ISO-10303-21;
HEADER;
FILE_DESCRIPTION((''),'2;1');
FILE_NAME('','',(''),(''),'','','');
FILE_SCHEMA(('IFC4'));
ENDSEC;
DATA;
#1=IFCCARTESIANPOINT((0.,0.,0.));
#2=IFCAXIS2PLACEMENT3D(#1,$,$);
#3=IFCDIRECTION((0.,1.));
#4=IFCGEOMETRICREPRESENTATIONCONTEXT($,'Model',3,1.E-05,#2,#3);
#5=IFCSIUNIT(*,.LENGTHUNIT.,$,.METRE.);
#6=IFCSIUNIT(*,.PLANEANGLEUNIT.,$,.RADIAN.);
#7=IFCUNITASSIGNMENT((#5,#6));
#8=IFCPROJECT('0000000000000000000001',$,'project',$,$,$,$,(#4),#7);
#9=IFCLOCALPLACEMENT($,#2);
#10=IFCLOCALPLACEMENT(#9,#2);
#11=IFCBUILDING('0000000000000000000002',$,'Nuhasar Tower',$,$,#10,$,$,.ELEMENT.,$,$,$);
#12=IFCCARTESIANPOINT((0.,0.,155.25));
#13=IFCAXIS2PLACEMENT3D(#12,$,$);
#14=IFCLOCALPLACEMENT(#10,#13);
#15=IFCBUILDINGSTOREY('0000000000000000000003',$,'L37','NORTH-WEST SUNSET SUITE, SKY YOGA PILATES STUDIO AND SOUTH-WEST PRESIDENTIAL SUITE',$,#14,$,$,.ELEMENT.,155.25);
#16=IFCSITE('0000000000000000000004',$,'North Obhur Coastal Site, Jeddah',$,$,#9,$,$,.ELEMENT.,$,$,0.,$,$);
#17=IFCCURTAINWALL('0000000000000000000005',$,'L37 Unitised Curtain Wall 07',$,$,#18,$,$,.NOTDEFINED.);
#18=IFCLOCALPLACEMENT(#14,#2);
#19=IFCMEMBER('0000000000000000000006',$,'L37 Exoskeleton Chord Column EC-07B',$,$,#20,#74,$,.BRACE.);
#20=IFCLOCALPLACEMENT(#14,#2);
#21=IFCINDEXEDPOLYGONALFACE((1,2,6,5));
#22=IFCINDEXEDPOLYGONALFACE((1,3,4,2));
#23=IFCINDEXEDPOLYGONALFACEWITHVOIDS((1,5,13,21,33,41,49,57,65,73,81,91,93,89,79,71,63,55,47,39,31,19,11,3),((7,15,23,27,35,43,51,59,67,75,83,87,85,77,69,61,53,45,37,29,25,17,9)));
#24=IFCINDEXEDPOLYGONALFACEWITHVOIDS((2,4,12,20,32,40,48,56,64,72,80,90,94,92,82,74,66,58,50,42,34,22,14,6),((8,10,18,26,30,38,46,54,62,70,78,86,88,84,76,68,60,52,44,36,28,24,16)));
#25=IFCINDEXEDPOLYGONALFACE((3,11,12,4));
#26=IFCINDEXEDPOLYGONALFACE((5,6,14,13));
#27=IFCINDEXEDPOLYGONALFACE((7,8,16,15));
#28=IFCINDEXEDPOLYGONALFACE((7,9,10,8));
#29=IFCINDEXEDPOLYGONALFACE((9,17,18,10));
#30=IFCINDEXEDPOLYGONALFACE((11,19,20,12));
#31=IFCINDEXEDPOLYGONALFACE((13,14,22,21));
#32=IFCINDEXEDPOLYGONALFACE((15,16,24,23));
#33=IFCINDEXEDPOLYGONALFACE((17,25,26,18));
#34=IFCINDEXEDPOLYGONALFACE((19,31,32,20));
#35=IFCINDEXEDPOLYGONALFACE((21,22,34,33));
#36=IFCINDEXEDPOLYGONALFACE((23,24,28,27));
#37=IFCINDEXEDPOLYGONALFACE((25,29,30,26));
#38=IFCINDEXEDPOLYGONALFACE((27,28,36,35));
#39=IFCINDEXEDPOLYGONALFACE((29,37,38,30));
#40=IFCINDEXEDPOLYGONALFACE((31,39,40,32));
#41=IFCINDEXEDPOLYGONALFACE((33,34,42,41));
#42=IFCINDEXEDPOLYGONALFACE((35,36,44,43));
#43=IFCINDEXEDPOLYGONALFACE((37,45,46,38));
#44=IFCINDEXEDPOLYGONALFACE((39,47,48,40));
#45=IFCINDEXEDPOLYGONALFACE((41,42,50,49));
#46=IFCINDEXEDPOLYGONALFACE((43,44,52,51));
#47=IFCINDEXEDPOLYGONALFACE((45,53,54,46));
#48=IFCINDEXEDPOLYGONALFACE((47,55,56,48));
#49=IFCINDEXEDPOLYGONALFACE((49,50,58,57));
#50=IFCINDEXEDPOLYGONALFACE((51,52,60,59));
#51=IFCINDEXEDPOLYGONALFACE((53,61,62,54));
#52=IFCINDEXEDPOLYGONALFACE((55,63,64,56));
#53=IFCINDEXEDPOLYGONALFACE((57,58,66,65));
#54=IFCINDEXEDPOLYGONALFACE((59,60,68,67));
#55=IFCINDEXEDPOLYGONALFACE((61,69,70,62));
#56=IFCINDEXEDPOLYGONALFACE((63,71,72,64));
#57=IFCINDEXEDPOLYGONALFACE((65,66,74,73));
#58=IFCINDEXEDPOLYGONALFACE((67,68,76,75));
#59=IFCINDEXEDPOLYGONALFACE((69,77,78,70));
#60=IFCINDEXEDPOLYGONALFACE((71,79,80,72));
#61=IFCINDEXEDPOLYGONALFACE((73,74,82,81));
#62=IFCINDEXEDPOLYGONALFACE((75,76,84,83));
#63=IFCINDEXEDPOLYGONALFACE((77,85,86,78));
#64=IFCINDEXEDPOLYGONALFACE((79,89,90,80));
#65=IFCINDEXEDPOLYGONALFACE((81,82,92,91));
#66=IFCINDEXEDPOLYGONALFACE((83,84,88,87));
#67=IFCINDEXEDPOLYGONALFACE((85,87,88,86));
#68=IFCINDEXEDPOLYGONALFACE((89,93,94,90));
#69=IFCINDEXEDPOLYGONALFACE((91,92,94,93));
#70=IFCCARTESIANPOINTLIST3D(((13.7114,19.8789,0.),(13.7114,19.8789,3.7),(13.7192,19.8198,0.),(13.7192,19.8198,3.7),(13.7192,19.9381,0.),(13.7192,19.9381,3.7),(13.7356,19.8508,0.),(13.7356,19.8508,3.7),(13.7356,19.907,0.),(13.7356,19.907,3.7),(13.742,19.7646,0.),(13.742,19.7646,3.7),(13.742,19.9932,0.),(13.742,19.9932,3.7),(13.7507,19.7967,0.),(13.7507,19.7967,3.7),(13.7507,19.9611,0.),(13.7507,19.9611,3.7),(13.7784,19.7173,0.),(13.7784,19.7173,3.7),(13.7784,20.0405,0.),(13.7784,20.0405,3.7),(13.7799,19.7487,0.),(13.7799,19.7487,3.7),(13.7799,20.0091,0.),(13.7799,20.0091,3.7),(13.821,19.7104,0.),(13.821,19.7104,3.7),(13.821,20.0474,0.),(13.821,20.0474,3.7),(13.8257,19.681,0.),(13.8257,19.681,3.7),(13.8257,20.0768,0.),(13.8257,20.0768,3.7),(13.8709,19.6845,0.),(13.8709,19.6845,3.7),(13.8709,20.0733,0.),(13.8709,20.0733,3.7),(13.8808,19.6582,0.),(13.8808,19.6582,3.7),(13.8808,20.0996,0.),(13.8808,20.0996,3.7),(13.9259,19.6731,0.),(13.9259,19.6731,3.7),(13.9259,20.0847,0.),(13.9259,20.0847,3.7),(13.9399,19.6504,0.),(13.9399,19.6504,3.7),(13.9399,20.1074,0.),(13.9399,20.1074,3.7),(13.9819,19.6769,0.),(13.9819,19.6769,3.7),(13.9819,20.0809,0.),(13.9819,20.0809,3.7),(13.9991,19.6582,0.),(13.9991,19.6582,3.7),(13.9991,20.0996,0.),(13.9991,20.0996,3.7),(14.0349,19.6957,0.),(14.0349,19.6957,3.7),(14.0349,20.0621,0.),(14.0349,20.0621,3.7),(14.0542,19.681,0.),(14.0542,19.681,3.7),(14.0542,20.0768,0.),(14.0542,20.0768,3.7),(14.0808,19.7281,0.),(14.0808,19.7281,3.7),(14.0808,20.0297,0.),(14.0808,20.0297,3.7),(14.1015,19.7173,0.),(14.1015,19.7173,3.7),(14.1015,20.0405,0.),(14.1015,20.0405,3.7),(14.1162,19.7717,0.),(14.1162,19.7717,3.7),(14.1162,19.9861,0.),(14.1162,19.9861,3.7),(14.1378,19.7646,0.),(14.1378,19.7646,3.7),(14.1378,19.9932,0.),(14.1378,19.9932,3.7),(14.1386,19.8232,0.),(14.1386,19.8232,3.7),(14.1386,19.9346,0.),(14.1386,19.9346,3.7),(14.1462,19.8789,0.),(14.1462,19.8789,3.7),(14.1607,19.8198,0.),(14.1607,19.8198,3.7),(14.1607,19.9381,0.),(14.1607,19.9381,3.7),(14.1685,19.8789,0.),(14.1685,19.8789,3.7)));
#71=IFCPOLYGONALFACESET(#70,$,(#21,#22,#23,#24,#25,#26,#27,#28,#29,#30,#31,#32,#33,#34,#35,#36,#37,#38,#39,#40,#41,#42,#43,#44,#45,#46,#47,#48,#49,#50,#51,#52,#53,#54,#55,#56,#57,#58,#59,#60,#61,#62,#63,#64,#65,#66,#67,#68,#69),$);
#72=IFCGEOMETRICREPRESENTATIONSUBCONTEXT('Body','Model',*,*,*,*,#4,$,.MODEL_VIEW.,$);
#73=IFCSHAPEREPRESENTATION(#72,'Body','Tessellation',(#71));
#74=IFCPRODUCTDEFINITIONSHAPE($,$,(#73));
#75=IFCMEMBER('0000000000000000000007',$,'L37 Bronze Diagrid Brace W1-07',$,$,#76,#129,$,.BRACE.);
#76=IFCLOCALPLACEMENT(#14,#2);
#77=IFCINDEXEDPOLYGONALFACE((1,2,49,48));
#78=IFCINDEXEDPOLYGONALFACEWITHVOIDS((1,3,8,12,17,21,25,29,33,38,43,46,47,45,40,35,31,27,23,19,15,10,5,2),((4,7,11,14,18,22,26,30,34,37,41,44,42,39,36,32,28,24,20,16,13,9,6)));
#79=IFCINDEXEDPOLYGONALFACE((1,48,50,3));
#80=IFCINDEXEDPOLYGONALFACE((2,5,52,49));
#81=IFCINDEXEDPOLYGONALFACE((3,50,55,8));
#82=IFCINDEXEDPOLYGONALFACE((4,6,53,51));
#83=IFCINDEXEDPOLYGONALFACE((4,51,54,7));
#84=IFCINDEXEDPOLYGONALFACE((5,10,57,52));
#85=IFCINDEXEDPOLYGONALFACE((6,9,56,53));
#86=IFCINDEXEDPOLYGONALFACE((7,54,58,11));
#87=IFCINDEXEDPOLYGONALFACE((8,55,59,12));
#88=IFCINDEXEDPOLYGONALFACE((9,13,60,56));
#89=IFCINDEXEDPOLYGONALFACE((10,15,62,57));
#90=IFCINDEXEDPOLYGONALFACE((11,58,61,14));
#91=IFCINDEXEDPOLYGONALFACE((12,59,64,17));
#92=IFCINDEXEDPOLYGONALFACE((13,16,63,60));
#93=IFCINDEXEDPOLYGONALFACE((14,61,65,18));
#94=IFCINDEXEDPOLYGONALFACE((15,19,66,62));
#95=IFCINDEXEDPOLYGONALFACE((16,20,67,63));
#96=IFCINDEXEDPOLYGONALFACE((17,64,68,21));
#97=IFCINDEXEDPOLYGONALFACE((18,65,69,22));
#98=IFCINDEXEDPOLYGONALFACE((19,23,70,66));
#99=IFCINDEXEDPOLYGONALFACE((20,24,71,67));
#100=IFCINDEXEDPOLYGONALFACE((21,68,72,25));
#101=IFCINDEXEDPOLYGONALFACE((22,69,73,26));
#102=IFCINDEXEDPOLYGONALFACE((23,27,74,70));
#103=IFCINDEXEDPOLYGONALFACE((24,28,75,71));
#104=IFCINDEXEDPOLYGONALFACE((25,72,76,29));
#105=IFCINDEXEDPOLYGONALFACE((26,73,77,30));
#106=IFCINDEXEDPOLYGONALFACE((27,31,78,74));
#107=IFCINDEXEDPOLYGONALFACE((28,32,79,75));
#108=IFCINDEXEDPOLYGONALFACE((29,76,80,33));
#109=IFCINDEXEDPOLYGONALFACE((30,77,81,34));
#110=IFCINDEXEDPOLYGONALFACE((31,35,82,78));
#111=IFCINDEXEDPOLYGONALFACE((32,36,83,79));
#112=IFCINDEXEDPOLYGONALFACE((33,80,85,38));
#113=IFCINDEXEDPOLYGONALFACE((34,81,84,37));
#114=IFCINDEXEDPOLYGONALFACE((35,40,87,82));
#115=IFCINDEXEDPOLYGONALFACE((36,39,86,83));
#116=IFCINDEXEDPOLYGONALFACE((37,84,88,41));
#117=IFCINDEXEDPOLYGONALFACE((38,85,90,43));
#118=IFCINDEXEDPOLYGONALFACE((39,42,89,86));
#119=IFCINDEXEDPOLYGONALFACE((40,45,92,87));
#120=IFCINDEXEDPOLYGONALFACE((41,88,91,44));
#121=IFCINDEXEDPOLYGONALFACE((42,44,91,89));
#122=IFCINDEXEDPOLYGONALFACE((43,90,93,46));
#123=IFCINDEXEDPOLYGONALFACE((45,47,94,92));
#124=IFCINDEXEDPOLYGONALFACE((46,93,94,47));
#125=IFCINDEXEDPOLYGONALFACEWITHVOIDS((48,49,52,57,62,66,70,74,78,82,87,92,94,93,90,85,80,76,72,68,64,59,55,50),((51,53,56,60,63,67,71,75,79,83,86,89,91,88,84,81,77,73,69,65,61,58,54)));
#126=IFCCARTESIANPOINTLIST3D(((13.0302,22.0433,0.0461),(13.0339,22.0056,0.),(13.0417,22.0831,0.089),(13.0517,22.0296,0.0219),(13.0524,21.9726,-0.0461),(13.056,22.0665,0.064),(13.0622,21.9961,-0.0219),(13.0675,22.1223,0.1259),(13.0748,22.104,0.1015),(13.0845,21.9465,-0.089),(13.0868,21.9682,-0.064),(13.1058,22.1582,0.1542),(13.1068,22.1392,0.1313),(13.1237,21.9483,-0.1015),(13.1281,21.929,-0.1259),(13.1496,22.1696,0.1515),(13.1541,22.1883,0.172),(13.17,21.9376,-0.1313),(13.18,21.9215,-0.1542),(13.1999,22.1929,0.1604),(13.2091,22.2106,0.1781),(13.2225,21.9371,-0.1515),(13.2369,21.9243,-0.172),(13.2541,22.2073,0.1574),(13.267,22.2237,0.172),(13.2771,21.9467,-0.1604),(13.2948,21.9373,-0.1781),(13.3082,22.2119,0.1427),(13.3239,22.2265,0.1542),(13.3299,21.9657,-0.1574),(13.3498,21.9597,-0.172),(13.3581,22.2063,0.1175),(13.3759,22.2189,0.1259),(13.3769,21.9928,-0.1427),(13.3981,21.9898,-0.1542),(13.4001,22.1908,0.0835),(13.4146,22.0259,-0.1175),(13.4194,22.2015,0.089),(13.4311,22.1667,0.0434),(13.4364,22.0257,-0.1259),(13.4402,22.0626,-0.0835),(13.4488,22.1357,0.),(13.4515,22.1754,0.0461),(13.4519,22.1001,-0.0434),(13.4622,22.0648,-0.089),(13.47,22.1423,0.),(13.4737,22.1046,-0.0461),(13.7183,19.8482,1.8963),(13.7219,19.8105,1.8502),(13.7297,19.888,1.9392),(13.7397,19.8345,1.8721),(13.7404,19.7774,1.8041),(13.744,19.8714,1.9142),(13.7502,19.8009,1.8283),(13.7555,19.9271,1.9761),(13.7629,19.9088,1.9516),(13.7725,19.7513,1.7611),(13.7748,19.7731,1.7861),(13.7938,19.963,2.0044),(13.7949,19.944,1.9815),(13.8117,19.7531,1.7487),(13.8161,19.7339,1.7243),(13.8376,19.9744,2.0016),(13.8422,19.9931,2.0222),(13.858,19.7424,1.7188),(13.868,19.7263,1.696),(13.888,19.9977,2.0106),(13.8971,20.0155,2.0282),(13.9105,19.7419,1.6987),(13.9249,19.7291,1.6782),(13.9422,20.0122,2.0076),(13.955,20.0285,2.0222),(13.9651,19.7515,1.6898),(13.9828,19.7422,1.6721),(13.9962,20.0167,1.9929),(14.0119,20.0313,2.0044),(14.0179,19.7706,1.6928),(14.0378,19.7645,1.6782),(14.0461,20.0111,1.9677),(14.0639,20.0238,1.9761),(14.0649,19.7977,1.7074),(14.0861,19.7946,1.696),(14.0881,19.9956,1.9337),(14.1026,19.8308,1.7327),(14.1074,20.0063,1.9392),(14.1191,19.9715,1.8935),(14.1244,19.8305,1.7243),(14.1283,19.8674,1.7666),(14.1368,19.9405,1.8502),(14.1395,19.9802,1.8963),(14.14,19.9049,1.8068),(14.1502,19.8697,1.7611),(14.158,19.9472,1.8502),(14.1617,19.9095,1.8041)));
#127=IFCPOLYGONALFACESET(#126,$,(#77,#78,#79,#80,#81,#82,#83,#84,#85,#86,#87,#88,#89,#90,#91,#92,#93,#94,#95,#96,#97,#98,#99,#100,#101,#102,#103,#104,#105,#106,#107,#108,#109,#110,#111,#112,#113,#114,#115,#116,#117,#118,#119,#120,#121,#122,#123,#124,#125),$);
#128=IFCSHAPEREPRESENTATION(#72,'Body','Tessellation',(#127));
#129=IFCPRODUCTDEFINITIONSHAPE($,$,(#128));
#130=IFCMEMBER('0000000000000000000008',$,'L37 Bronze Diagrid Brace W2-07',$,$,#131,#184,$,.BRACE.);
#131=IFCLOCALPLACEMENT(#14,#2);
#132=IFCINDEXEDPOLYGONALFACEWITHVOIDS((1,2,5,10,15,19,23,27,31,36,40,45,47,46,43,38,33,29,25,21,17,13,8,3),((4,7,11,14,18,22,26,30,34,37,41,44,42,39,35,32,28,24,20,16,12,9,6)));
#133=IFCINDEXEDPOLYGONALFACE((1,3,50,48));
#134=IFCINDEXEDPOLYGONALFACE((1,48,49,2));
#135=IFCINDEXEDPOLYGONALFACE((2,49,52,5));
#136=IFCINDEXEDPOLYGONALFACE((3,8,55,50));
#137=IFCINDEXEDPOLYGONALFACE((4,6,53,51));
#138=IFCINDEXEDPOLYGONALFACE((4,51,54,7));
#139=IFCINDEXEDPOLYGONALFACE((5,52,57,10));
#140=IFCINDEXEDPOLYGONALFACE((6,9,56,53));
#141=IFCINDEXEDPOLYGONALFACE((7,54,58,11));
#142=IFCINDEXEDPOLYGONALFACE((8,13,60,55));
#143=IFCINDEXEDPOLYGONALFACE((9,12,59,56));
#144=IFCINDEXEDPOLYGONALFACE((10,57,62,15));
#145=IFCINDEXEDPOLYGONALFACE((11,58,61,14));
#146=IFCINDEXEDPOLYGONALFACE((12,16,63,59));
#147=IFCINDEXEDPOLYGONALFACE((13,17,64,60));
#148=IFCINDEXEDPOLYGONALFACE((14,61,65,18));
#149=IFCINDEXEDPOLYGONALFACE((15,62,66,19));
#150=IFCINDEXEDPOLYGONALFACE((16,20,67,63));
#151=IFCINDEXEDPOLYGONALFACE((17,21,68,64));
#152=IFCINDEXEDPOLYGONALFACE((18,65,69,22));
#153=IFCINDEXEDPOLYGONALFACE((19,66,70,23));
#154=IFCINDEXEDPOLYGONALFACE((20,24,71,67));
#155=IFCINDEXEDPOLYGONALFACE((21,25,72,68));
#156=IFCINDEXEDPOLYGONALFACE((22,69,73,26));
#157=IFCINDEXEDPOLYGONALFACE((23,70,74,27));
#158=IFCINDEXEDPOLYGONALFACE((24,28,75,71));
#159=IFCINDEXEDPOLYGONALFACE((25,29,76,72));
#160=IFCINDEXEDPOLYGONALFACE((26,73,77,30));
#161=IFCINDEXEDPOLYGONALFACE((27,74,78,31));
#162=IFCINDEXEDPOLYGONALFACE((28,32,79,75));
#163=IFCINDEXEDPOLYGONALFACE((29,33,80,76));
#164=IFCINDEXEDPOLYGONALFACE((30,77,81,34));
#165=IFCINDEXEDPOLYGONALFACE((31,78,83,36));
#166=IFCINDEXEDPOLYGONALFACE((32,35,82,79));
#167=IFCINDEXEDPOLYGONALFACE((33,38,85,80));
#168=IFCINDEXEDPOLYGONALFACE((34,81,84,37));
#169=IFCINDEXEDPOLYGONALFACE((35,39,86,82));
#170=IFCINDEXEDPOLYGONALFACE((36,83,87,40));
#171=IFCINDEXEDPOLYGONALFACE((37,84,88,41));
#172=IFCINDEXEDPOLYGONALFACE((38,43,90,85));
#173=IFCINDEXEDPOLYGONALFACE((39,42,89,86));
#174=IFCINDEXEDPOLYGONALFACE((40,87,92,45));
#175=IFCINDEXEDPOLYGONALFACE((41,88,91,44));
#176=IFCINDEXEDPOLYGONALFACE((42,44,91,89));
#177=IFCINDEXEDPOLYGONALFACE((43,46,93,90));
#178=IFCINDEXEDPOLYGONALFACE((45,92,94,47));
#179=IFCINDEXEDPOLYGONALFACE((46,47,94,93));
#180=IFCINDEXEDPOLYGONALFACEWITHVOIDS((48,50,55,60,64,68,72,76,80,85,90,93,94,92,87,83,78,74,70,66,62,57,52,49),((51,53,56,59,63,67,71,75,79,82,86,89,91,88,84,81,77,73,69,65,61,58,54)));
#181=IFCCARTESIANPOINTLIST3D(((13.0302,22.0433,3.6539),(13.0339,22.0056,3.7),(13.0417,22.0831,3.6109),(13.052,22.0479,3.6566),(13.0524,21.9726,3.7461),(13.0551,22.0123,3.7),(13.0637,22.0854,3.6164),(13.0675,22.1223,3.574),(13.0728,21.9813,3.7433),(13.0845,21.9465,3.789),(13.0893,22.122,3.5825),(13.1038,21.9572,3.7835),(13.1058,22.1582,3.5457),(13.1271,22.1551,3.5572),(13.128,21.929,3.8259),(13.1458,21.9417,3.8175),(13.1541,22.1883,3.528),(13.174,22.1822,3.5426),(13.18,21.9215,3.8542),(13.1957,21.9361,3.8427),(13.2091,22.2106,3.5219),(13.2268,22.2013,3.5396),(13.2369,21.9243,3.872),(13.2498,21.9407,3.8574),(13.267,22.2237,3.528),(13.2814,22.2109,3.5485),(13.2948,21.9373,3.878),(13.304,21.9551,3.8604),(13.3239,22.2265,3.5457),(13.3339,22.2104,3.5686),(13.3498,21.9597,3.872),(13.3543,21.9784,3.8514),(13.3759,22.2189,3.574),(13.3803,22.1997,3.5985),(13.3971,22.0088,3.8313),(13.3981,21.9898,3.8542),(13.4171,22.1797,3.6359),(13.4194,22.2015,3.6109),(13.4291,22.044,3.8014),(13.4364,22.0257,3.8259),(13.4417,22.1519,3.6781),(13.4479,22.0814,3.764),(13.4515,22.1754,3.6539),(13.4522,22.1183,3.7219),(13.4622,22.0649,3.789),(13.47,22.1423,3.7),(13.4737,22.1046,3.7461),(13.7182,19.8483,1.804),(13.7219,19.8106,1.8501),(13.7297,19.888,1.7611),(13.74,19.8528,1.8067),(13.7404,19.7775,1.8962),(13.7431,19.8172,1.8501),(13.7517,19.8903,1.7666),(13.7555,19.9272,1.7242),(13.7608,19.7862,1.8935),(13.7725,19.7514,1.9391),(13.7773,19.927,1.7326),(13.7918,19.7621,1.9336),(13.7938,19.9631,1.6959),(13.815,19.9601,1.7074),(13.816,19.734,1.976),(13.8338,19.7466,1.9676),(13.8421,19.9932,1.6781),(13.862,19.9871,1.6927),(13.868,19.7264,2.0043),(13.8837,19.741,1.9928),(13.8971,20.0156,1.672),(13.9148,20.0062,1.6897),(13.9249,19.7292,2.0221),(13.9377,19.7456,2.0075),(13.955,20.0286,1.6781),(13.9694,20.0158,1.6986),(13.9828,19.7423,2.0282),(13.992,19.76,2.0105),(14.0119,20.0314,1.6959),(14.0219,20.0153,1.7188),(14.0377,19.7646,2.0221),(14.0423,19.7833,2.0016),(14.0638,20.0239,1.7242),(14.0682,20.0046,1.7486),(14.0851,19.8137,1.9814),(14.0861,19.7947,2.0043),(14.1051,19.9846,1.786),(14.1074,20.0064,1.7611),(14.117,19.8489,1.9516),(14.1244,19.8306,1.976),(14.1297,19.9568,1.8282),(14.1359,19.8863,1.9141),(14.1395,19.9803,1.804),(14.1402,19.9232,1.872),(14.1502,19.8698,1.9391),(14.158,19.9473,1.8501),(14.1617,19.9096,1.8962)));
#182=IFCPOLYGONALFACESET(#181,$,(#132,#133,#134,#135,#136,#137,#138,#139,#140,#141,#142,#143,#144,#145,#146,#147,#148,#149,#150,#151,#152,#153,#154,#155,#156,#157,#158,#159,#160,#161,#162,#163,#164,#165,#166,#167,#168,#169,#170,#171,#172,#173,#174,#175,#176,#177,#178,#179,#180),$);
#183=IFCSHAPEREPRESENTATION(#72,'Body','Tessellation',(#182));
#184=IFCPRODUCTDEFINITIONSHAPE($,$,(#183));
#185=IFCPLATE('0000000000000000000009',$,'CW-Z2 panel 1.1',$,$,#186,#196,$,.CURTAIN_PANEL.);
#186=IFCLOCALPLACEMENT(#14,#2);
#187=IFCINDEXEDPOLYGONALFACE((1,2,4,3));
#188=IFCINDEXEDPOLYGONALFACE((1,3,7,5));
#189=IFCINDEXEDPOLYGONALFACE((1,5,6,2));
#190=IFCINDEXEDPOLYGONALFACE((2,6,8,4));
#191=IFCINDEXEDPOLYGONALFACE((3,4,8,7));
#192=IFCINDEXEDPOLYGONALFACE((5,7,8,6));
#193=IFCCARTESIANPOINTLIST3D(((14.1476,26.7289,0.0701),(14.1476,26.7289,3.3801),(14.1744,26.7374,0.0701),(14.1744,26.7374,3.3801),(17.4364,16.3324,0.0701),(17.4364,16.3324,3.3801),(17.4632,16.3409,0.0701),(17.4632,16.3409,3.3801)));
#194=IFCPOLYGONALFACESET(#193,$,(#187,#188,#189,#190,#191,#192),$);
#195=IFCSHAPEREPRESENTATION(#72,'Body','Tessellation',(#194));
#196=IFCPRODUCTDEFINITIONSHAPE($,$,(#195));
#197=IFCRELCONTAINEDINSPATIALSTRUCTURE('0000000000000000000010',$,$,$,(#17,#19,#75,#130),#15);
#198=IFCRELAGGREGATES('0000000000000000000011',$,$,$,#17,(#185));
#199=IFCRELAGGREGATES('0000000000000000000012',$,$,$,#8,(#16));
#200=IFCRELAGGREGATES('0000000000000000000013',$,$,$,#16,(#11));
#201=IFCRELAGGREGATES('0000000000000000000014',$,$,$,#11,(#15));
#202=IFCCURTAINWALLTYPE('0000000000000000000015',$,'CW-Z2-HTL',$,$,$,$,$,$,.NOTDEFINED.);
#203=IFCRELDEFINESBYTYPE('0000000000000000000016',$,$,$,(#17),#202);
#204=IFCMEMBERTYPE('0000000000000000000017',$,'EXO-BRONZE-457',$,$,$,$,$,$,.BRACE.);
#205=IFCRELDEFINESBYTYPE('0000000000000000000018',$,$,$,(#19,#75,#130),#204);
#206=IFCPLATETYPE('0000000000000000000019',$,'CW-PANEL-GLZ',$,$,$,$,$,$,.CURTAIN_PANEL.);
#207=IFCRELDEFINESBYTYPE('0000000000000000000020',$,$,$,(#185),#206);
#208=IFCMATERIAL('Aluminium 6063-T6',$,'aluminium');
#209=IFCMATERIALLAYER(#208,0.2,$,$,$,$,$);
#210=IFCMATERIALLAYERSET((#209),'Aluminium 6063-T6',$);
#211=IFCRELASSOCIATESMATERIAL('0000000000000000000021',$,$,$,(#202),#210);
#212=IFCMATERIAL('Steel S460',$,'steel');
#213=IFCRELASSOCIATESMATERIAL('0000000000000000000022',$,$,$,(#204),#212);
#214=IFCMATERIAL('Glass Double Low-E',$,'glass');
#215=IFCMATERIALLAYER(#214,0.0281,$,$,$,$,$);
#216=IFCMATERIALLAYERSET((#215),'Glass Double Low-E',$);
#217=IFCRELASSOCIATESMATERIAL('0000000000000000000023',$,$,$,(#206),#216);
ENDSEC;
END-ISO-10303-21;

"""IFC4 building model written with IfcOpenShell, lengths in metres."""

from ifc_helpers import new_model, si_unit, direction, frame, origin, origin_2d, place, context, subcontext, project, spatial, rectangle, hollow_circle, extrude, material, layer, layer_set, material_profile, profile_set, type_object, element, aggregate, save


model = new_model("IFC4")

# Units and contexts
model_context = context("Model", 3, precision=1e-05, world=origin(), true_north=direction((0.0, 1.0)))
body_context = subcontext(model_context, "Body", "Model", "MODEL_VIEW")
ifc_project = project(units=[si_unit("LENGTHUNIT", "METRE"), si_unit("PLANEANGLEUNIT", "RADIAN")], contexts=[model_context])

# Site, building, storey
site_placement = place(None, origin())
site = spatial("IfcSite", under=ifc_project, at=site_placement, Name="North Obhur Coastal Site, Jeddah", CompositionType="ELEMENT", RefElevation=0.0)
building_placement = place(site_placement, origin())
building = spatial("IfcBuilding", under=site, at=building_placement, Name="Nuhasar Tower", CompositionType="ELEMENT")
storey_placement = place(building_placement, frame((0.0, 0.0, 155.25)))
storey = spatial("IfcBuildingStorey", under=building, at=storey_placement, Name="L37", Description="NORTH-WEST SUNSET SUITE, SKY YOGA PILATES STUDIO AND SOUTH-WEST PRESIDENTIAL SUITE", CompositionType="ELEMENT", Elevation=155.25)

# Curtain wall
ifc_material_1 = material(Name="Aluminium 6063-T6", Category="aluminium")
ifc_layer_1 = layer(ifc_material_1, 0.2)
ifc_layer_set_1 = layer_set([ifc_layer_1], Name="Aluminium 6063-T6")
curtain_wall_type = type_object("IfcCurtainWallType", Name="CW-Z2-HTL", PredefinedType="NOTDEFINED", material=ifc_layer_set_1)
curtain_wall_1_placement = place(storey_placement, origin())
curtain_wall_1 = element("IfcCurtainWall", 1, at=curtain_wall_1_placement, inside=storey, type_object=curtain_wall_type, Name="L37 Unitised Curtain Wall 07", PredefinedType="NOTDEFINED")

# Members
ifc_material_2 = material(Name="Steel S460", Category="steel")
ifc_material_profile_1 = material_profile(ifc_material_2, hollow_circle(Radius=0.2285, WallThickness=0.0222, at=origin_2d()), Name="HSS457X22.2")
ifc_profile_set_1 = profile_set([ifc_material_profile_1], Name="Steel S460")
member_type_1 = type_object("IfcMemberType", Name="EXO-BRONZE-457", PredefinedType="BRACE", material=ifc_profile_set_1)
for number, where, z_axis, x_axis, name in (
    (2, (13.9399, 19.8789, 0.0), (0.0, 0.0, 1.0), (1.0, 0.0, 0.0), "L37 Exoskeleton Chord Column EC-07B"),
):
    element("IfcMember", number, at=place(storey_placement, frame(where, z_axis=z_axis, x_axis=x_axis)), inside=storey, type_object=member_type_1, Name=name, PredefinedType="BRACE", context=body_context, shape_type="SweptSolid", body=[
        extrude(hollow_circle(Radius=0.2285, WallThickness=0.0222, at=origin_2d()), origin(), (0.0, 0.0, 1.0), 3.7),
    ])
member_1_placement = place(storey_placement, frame((13.252, 22.074, 0.0), z_axis=(0.233056, -0.743578, 0.626719), x_axis=(0.954228, 0.299079, 0.0)))
element("IfcMember", 3, at=member_1_placement, inside=storey, type_object=member_type_1, Name="L37 Bronze Diagrid Brace W1-07", PredefinedType="BRACE", context=body_context, shape_type="SweptSolid", body=[
    extrude(hollow_circle(Radius=0.2285, WallThickness=0.0222, at=origin_2d()), origin(), (0.0, 0.0, 1.0), 2.9521),
])
member_2_placement = place(storey_placement, frame((13.9399, 19.8789, 1.8501), z_axis=(-0.233068, 0.743616, 0.626669), x_axis=(-0.954228, -0.299079, 0.0)))
element("IfcMember", 4, at=member_2_placement, inside=storey, type_object=member_type_1, Name="L37 Bronze Diagrid Brace W2-07", PredefinedType="BRACE", context=body_context, shape_type="SweptSolid", body=[
    extrude(hollow_circle(Radius=0.2285, WallThickness=0.0222, at=origin_2d()), origin(), (0.0, 0.0, 1.0), 2.9519),
])

# Plate
ifc_material_3 = material(Name="Glass Double Low-E", Category="glass")
ifc_layer_2 = layer(ifc_material_3, 0.0281)
ifc_layer_set_2 = layer_set([ifc_layer_2], Name="Glass Double Low-E")
plate_type = type_object("IfcPlateType", Name="CW-PANEL-GLZ", PredefinedType="CURTAIN_PANEL", material=ifc_layer_set_2)
plate_placement = place(storey_placement, frame((15.8054, 21.5349, 0.0701), z_axis=(0.0, 0.0, 1.0), x_axis=(0.301604, -0.953433, 0.0)))
plate = element("IfcPlate", 5, at=plate_placement, type_object=plate_type, Name="CW-Z2 panel 1.1", PredefinedType="CURTAIN_PANEL", context=body_context, shape_type="SweptSolid", body=[
    extrude(rectangle(XDim=10.9043, YDim=0.0281, at=origin_2d()), origin(), (0.0, 0.0, 1.0), 3.3101),
])
aggregate(curtain_wall_1, [plate])

save(model, "model.ifc")
